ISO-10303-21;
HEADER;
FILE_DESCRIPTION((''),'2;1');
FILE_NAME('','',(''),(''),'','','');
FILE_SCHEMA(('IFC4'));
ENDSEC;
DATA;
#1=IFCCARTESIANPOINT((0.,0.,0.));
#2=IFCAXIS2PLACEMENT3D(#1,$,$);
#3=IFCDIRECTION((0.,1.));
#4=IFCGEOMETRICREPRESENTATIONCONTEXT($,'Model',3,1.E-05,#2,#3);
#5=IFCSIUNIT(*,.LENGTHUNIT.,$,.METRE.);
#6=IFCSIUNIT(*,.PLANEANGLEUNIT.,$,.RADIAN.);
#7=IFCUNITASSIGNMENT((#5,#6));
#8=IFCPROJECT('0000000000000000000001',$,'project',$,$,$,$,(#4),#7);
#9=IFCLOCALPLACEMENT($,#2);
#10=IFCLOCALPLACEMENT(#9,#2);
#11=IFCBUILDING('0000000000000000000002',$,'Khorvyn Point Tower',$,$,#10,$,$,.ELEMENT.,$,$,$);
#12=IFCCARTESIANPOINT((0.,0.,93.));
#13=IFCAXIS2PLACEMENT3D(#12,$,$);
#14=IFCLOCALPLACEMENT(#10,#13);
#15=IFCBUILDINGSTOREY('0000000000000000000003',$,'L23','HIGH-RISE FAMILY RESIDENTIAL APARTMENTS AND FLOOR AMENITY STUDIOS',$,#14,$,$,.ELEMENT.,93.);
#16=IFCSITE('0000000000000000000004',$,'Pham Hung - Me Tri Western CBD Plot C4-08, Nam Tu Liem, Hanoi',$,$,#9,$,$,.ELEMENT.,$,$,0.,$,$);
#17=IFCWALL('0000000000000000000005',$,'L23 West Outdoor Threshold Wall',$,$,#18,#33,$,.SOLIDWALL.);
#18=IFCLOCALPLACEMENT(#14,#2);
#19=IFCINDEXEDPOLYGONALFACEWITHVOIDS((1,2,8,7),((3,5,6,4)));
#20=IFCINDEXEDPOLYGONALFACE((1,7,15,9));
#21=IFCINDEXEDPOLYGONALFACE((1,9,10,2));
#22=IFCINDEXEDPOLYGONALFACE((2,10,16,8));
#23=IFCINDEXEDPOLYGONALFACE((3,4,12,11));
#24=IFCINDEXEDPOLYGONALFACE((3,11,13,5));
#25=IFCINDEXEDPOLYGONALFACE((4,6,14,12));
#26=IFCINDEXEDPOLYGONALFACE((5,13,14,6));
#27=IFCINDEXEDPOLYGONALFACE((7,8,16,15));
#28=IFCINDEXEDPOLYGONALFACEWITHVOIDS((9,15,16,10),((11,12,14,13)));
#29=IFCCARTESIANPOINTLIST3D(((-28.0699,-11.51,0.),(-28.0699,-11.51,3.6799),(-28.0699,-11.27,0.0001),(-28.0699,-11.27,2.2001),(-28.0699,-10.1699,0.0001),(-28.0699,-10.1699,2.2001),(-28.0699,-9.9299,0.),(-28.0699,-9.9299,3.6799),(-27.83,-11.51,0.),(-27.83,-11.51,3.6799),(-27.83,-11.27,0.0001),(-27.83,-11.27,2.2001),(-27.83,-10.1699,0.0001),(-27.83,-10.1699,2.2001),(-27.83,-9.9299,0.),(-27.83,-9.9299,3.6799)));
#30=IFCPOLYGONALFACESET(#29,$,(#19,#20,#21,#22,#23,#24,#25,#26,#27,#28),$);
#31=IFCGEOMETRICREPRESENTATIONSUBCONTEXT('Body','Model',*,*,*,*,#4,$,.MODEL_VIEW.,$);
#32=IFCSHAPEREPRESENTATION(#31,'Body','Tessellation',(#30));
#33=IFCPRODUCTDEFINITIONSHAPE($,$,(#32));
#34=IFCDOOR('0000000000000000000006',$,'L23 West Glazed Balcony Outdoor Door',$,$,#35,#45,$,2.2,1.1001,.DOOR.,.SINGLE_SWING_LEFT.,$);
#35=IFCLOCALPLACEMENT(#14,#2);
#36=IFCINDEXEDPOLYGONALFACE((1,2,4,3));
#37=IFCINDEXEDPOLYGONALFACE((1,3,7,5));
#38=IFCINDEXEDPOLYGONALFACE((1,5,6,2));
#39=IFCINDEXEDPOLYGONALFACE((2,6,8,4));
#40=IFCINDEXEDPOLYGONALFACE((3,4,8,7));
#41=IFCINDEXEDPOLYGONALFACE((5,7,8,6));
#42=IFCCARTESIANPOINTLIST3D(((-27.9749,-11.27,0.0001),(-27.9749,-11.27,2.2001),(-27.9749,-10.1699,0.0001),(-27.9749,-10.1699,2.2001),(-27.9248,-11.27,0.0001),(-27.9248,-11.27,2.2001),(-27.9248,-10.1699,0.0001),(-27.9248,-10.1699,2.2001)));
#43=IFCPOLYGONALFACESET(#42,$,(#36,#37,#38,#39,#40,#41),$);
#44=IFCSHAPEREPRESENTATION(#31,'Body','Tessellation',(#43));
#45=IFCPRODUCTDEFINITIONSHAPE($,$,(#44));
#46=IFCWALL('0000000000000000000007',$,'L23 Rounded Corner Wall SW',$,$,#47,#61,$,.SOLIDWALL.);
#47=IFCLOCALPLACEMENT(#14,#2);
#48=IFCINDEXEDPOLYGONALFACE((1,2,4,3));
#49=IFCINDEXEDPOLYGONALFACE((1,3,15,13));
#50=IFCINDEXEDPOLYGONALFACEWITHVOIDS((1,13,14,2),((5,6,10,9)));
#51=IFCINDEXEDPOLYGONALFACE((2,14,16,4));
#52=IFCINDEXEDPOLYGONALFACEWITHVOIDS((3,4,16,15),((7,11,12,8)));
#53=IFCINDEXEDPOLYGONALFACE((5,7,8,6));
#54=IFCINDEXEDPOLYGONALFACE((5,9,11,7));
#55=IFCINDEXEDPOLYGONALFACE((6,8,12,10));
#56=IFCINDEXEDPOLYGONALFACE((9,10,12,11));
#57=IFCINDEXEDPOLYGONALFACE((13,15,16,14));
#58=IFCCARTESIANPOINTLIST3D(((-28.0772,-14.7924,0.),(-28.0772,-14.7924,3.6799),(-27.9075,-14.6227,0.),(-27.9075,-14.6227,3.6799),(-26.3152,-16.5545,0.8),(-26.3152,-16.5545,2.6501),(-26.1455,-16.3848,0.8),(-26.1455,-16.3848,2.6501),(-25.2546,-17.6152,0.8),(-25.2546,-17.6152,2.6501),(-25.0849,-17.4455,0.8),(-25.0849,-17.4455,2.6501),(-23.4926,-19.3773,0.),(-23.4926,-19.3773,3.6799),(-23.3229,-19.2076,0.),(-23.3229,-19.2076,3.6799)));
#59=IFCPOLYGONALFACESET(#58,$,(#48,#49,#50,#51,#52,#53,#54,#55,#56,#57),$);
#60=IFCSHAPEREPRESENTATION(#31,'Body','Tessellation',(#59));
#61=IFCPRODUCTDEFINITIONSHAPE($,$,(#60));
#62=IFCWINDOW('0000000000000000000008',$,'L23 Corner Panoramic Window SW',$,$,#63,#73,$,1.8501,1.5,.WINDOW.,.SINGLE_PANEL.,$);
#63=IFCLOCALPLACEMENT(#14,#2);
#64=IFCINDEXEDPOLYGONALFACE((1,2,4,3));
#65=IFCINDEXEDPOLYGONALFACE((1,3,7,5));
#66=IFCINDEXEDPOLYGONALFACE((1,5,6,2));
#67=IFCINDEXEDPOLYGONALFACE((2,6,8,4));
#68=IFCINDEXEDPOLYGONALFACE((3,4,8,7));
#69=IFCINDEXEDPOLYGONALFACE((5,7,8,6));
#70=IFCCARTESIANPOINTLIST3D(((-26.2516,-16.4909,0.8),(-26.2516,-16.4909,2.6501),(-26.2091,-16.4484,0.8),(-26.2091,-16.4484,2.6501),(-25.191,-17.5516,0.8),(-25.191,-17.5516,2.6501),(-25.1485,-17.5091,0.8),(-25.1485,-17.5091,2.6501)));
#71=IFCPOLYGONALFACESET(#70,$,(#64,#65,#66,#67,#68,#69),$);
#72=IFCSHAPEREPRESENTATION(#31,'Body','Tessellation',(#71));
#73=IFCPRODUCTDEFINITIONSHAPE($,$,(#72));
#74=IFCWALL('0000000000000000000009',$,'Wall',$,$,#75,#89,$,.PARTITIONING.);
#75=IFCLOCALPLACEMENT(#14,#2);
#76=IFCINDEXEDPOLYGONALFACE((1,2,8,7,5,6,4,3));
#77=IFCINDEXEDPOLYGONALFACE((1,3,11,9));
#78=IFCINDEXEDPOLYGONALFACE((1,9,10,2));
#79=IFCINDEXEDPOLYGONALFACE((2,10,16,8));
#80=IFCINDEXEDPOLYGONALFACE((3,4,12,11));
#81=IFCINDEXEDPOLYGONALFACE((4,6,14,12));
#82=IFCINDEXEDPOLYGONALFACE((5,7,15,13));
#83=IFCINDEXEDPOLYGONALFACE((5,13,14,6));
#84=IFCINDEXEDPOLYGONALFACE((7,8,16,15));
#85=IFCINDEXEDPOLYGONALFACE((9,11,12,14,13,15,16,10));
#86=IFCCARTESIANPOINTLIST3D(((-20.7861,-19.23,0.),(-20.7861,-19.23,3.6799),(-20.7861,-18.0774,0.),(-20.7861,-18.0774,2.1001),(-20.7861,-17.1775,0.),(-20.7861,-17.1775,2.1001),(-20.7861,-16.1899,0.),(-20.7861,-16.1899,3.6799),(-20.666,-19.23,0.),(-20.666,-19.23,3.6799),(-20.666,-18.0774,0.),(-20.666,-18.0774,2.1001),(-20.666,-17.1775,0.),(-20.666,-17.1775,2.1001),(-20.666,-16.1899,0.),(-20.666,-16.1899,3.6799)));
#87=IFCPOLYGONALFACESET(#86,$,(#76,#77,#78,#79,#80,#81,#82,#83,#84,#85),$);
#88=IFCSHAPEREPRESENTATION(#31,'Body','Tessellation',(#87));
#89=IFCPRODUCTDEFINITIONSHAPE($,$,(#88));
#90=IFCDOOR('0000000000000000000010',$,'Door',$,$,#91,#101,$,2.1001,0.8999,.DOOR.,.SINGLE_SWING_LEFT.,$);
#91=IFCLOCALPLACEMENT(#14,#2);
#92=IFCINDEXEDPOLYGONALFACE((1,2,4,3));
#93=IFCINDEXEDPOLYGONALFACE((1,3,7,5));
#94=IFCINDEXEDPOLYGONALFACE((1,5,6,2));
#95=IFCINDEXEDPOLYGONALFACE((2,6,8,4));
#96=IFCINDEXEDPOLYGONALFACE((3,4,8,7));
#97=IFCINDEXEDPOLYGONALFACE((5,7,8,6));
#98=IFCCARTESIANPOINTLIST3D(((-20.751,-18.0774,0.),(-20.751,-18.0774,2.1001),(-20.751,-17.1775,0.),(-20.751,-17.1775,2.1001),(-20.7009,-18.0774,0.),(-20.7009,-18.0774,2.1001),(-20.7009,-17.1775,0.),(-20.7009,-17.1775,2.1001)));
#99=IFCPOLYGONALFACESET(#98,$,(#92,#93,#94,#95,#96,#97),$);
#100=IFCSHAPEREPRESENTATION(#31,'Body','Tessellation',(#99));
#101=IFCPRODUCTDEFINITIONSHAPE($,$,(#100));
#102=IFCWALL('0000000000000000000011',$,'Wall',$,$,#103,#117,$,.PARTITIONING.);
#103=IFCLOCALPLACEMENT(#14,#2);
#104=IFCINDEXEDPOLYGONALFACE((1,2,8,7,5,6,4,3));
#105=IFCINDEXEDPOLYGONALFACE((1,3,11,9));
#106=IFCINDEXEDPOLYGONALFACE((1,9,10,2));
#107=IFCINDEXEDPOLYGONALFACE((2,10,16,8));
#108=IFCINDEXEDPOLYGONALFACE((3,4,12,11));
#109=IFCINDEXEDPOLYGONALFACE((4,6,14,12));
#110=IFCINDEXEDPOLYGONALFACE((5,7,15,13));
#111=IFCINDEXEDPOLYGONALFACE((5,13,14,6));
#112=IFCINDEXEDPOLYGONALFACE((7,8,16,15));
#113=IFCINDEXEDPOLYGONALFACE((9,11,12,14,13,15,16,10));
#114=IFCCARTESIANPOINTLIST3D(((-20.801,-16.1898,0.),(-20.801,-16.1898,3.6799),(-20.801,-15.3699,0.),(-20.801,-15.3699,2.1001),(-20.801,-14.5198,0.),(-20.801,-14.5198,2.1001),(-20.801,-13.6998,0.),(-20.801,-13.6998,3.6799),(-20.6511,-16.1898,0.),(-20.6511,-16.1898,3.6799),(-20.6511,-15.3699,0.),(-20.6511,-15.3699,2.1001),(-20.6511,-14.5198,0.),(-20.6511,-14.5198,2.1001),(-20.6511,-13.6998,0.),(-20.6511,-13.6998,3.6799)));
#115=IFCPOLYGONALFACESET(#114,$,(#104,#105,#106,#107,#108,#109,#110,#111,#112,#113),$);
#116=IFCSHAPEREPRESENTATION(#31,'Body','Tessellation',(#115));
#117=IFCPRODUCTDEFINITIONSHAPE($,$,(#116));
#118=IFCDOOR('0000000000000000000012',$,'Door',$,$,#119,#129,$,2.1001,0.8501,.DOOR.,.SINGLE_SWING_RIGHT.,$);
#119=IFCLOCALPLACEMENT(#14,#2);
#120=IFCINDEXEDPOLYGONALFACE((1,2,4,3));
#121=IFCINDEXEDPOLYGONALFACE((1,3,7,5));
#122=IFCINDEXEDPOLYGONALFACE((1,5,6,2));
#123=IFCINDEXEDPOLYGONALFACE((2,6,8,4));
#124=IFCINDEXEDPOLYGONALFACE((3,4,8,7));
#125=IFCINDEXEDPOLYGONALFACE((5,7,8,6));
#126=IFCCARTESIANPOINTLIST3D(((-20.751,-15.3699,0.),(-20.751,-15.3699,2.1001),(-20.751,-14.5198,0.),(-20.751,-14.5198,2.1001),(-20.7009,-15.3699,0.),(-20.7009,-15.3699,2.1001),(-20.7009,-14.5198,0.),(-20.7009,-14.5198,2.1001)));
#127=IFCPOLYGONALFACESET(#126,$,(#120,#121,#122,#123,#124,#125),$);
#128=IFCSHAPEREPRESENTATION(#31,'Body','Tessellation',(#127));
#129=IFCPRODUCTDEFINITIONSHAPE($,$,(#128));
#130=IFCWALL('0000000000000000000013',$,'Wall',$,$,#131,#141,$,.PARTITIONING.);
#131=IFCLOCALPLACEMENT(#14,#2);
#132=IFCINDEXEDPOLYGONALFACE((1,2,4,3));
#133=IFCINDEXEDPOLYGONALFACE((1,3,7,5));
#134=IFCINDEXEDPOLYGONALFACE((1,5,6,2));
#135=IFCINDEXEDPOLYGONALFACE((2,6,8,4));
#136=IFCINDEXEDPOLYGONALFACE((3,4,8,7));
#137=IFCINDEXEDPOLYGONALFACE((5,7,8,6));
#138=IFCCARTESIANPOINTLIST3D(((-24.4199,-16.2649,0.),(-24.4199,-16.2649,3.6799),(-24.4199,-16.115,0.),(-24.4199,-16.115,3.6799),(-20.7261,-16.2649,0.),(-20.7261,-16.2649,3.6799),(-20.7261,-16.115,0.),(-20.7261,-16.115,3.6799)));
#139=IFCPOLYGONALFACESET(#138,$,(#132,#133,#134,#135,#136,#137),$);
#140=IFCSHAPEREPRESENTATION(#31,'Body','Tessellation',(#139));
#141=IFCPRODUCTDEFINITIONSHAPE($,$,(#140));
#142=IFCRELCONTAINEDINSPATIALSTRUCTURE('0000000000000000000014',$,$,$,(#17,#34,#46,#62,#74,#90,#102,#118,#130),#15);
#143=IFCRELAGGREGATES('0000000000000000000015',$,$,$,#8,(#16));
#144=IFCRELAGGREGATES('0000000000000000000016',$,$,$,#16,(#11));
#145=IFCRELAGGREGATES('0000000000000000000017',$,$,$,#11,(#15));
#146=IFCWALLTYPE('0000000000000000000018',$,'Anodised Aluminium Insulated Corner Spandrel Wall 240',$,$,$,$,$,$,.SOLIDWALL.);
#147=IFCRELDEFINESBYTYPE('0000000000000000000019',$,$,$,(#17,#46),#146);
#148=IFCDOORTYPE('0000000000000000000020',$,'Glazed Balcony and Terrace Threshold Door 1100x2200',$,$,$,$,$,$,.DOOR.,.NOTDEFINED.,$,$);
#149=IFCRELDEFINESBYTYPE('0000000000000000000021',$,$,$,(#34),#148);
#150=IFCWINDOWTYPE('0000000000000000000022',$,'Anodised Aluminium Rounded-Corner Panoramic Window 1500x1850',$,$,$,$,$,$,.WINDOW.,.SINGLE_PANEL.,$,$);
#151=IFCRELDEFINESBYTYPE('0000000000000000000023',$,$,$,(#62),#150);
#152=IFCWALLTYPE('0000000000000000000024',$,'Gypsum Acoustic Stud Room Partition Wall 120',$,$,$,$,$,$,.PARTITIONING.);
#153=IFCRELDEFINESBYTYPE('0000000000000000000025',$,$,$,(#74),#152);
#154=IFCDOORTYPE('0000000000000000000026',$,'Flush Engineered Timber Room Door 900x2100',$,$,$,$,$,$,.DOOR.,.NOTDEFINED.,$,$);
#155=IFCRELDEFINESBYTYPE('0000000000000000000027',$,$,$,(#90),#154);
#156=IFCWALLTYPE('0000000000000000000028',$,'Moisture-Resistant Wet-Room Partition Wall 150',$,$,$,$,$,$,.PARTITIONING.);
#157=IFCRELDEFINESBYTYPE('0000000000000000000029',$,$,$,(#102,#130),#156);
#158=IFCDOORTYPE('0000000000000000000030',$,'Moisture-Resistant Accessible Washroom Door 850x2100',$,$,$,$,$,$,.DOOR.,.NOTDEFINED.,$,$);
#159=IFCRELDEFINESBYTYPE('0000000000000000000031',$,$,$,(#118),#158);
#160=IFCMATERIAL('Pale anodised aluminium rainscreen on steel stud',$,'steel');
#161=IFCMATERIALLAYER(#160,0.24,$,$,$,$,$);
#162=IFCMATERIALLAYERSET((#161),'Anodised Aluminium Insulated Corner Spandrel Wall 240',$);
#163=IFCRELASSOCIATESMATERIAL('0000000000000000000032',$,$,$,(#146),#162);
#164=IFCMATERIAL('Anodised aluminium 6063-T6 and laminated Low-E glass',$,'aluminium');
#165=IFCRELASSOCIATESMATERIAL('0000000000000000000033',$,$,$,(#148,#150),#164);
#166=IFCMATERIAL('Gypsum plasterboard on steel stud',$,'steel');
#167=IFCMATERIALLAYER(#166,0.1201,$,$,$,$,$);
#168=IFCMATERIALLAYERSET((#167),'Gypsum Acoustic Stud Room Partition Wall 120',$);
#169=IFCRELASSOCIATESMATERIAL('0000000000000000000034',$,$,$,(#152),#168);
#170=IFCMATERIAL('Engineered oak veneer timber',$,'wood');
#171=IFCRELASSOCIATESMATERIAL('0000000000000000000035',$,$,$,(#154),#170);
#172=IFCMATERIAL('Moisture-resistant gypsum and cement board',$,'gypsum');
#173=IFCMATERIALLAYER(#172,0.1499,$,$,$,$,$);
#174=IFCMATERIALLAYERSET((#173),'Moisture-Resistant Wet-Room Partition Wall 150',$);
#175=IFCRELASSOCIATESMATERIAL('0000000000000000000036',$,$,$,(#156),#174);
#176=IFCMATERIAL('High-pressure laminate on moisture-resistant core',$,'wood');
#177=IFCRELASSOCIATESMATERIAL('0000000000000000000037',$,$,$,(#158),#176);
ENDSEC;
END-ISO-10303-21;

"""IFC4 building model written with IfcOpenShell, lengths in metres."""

from ifc_helpers import new_model, si_unit, direction, frame, frame_2d, origin, place, context, subcontext, project, spatial, rectangle, extrude, material, layer, layer_set, type_object, element, fill, save


model = new_model("IFC4")

# Units and contexts
model_context = context("Model", 3, precision=1e-05, world=origin(), true_north=direction((0.0, 1.0)))
body_context = subcontext(model_context, "Body", "Model", "MODEL_VIEW")
ifc_project = project(units=[si_unit("LENGTHUNIT", "METRE"), si_unit("PLANEANGLEUNIT", "RADIAN")], contexts=[model_context])

# Site, building, storey
site_placement = place(None, origin())
site = spatial("IfcSite", under=ifc_project, at=site_placement, Name="Pham Hung - Me Tri Western CBD Plot C4-08, Nam Tu Liem, Hanoi", CompositionType="ELEMENT", RefElevation=0.0)
building_placement = place(site_placement, origin())
building = spatial("IfcBuilding", under=site, at=building_placement, Name="Khorvyn Point Tower", CompositionType="ELEMENT")
storey_placement = place(building_placement, frame((0.0, 0.0, 93.0)))
storey = spatial("IfcBuildingStorey", under=building, at=storey_placement, Name="L23", Description="HIGH-RISE FAMILY RESIDENTIAL APARTMENTS AND FLOOR AMENITY STUDIOS", CompositionType="ELEMENT", Elevation=93.0)

# Shared definitions
ifc_material_1 = material(Name="Anodised aluminium 6063-T6 and laminated Low-E glass", Category="aluminium")

# Wall, opening, door
ifc_material_2 = material(Name="Pale anodised aluminium rainscreen on steel stud", Category="steel")
ifc_layer_1 = layer(ifc_material_2, 0.24)
ifc_layer_set_1 = layer_set([ifc_layer_1], Name="Anodised Aluminium Insulated Corner Spandrel Wall 240")
wall_type_1 = type_object("IfcWallType", Name="Anodised Aluminium Insulated Corner Spandrel Wall 240", PredefinedType="SOLIDWALL", material=ifc_layer_set_1)
wall_1_placement = place(storey_placement, frame((-27.95, -11.51, 0.0), z_axis=(0.0, 0.0, 1.0), x_axis=(0.0, 1.0, 0.0)))
wall_1 = element("IfcWall", 1, at=wall_1_placement, inside=storey, type_object=wall_type_1, Name="L23 West Outdoor Threshold Wall", PredefinedType="SOLIDWALL", context=body_context, shape_type="SweptSolid", body=[
    extrude(rectangle(XDim=1.5801, YDim=0.24, at=frame_2d((0.79, 0.0))), origin(), (0.0, 0.0, 1.0), 3.6799),
])
opening_1_placement = place(wall_1_placement, frame((0.24, 0.0, 0.0)))
opening_1 = element("IfcOpeningElement", 2, at=opening_1_placement, cuts=wall_1, PredefinedType="OPENING", context=body_context, shape_type="SweptSolid", body=[
    extrude(rectangle(XDim=1.1001, YDim=2.2, at=frame_2d((0.55, 1.1001))), frame((0.0, 0.1299, 0.0), z_axis=(0.0, -1.0, 0.0), x_axis=(1.0, 0.0, 0.0)), (0.0, 0.0, 1.0), 0.26),
])
door_type_1 = type_object("IfcDoorType", Name="Glazed Balcony and Terrace Threshold Door 1100x2200", OperationType="NOTDEFINED", PredefinedType="DOOR", material=ifc_material_1)
door_1_placement = place(opening_1_placement, origin())
door_1 = element("IfcDoor", 3, at=door_1_placement, inside=storey, type_object=door_type_1, Name="L23 West Glazed Balcony Outdoor Door", OperationType="SINGLE_SWING_LEFT", OverallHeight=2.2, OverallWidth=1.1001, PredefinedType="DOOR", context=body_context, shape_type="SweptSolid", body=[
    extrude(rectangle(XDim=1.1001, YDim=2.2, at=frame_2d((0.55, 1.1001))), frame((0.0, 0.0249, 0.0), z_axis=(0.0, -1.0, 0.0), x_axis=(1.0, 0.0, 0.0)), (0.0, 0.0, 1.0), 0.05),
])
fill(opening_1, door_1)

# Wall, opening, window
wall_2_placement = place(storey_placement, frame((-23.4077, -19.2925, 0.0), z_axis=(0.0, 0.0, 1.0), x_axis=(-0.707088, 0.707126, 0.0)))
wall_2 = element("IfcWall", 4, at=wall_2_placement, inside=storey, type_object=wall_type_1, Name="L23 Rounded Corner Wall SW", PredefinedType="SOLIDWALL", context=body_context, shape_type="SweptSolid", body=[
    extrude(rectangle(XDim=6.4839, YDim=0.24, at=frame_2d((3.2419, 0.0))), origin(), (0.0, 0.0, 1.0), 3.6799),
])
opening_2_placement = place(wall_2_placement, frame((2.4919, 0.0, 0.8)))
opening_2 = element("IfcOpeningElement", 5, at=opening_2_placement, cuts=wall_2, PredefinedType="OPENING", context=body_context, shape_type="SweptSolid", body=[
    extrude(rectangle(XDim=1.5, YDim=1.8501, at=frame_2d((0.75, 0.925))), frame((0.0, 0.1299, 0.0), z_axis=(0.0, -1.0, 0.0), x_axis=(1.0, 0.0, 0.0)), (0.0, 0.0, 1.0), 0.26),
])
window_type = type_object("IfcWindowType", Name="Anodised Aluminium Rounded-Corner Panoramic Window 1500x1850", PartitioningType="SINGLE_PANEL", PredefinedType="WINDOW", material=ifc_material_1)
window_placement = place(opening_2_placement, origin())
window = element("IfcWindow", 6, at=window_placement, inside=storey, type_object=window_type, Name="L23 Corner Panoramic Window SW", OverallHeight=1.8501, OverallWidth=1.5, PartitioningType="SINGLE_PANEL", PredefinedType="WINDOW", context=body_context, shape_type="SweptSolid", body=[
    extrude(rectangle(XDim=1.5, YDim=1.8501, at=frame_2d((0.75, 0.925))), frame((0.0, 0.03, 0.0), z_axis=(0.0, -1.0, 0.0), x_axis=(1.0, 0.0, 0.0)), (0.0, 0.0, 1.0), 0.0601),
])
fill(opening_2, window)

# Walls, openings, doors
ifc_material_3 = material(Name="Gypsum plasterboard on steel stud", Category="steel")
ifc_layer_2 = layer(ifc_material_3, 0.1201)
ifc_layer_set_2 = layer_set([ifc_layer_2], Name="Gypsum Acoustic Stud Room Partition Wall 120")
wall_type_2 = type_object("IfcWallType", Name="Gypsum Acoustic Stud Room Partition Wall 120", PredefinedType="PARTITIONING", material=ifc_layer_set_2)
wall_3_placement = place(storey_placement, frame((-20.7261, -19.23, 0.0), z_axis=(0.0, 0.0, 1.0), x_axis=(0.0, 1.0, 0.0)))
wall_3 = element("IfcWall", 7, at=wall_3_placement, inside=storey, type_object=wall_type_2, Name="Wall", PredefinedType="PARTITIONING", context=body_context, shape_type="SweptSolid", body=[
    extrude(rectangle(XDim=3.04, YDim=0.1201, at=frame_2d((1.52, 0.0))), origin(), (0.0, 0.0, 1.0), 3.6799),
])
opening_3_placement = place(wall_3_placement, frame((1.1526, 0.0, 0.0)))
opening_3 = element("IfcOpeningElement", 8, at=opening_3_placement, cuts=wall_3, PredefinedType="OPENING", context=body_context, shape_type="SweptSolid", body=[
    extrude(rectangle(XDim=0.8999, YDim=2.1001, at=frame_2d((0.45, 1.05))), frame((0.0, 0.0701, 0.0), z_axis=(0.0, -1.0, 0.0), x_axis=(1.0, 0.0, 0.0)), (0.0, 0.0, 1.0), 0.1401),
])
ifc_material_4 = material(Name="Engineered oak veneer timber", Category="wood")
door_type_2 = type_object("IfcDoorType", Name="Flush Engineered Timber Room Door 900x2100", OperationType="NOTDEFINED", PredefinedType="DOOR", material=ifc_material_4)
door_2_placement = place(opening_3_placement, origin())
door_2 = element("IfcDoor", 9, at=door_2_placement, inside=storey, type_object=door_type_2, Name="Door", OperationType="SINGLE_SWING_LEFT", OverallHeight=2.1001, OverallWidth=0.8999, PredefinedType="DOOR", context=body_context, shape_type="SweptSolid", body=[
    extrude(rectangle(XDim=0.8999, YDim=2.1001, at=frame_2d((0.45, 1.05))), frame((0.0, 0.0249, 0.0), z_axis=(0.0, -1.0, 0.0), x_axis=(1.0, 0.0, 0.0)), (0.0, 0.0, 1.0), 0.05),
])
fill(opening_3, door_2)
ifc_material_5 = material(Name="Moisture-resistant gypsum and cement board", Category="gypsum")
ifc_layer_3 = layer(ifc_material_5, 0.1499)
ifc_layer_set_3 = layer_set([ifc_layer_3], Name="Moisture-Resistant Wet-Room Partition Wall 150")
wall_type_3 = type_object("IfcWallType", Name="Moisture-Resistant Wet-Room Partition Wall 150", PredefinedType="PARTITIONING", material=ifc_layer_set_3)
wall_4_placement = place(storey_placement, frame((-20.7261, -16.1899, 0.0), z_axis=(0.0, 0.0, 1.0), x_axis=(0.0, 1.0, 0.0)))
wall_4 = element("IfcWall", 10, at=wall_4_placement, inside=storey, type_object=wall_type_3, Name="Wall", PredefinedType="PARTITIONING", context=body_context, shape_type="SweptSolid", body=[
    extrude(rectangle(XDim=2.49, YDim=0.1499, at=frame_2d((1.2451, 0.0))), origin(), (0.0, 0.0, 1.0), 3.6799),
])
opening_4_placement = place(wall_4_placement, frame((0.8201, 0.0, 0.0)))
opening_4 = element("IfcOpeningElement", 11, at=opening_4_placement, cuts=wall_4, PredefinedType="OPENING", context=body_context, shape_type="SweptSolid", body=[
    extrude(rectangle(XDim=0.8501, YDim=2.1001, at=frame_2d((0.425, 1.05))), frame((0.0, 0.085, 0.0), z_axis=(0.0, -1.0, 0.0), x_axis=(1.0, 0.0, 0.0)), (0.0, 0.0, 1.0), 0.1699),
])
ifc_material_6 = material(Name="High-pressure laminate on moisture-resistant core", Category="wood")
door_type_3 = type_object("IfcDoorType", Name="Moisture-Resistant Accessible Washroom Door 850x2100", OperationType="NOTDEFINED", PredefinedType="DOOR", material=ifc_material_6)
door_3_placement = place(opening_4_placement, origin())
door_3 = element("IfcDoor", 12, at=door_3_placement, inside=storey, type_object=door_type_3, Name="Door", OperationType="SINGLE_SWING_RIGHT", OverallHeight=2.1001, OverallWidth=0.8501, PredefinedType="DOOR", context=body_context, shape_type="SweptSolid", body=[
    extrude(rectangle(XDim=0.8501, YDim=2.1001, at=frame_2d((0.425, 1.05))), frame((0.0, 0.0249, 0.0), z_axis=(0.0, -1.0, 0.0), x_axis=(1.0, 0.0, 0.0)), (0.0, 0.0, 1.0), 0.05),
])
fill(opening_4, door_3)

# Wall
wall_5_placement = place(storey_placement, frame((-24.4199, -16.1899, 0.0), z_axis=(0.0, 0.0, 1.0), x_axis=(1.0, 0.0, 0.0)))
element("IfcWall", 13, at=wall_5_placement, inside=storey, type_object=wall_type_3, Name="Wall", PredefinedType="PARTITIONING", context=body_context, shape_type="SweptSolid", body=[
    extrude(rectangle(XDim=3.6938, YDim=0.1499, at=frame_2d((1.8469, 0.0))), origin(), (0.0, 0.0, 1.0), 3.6799),
])

save(model, "model.ifc")
